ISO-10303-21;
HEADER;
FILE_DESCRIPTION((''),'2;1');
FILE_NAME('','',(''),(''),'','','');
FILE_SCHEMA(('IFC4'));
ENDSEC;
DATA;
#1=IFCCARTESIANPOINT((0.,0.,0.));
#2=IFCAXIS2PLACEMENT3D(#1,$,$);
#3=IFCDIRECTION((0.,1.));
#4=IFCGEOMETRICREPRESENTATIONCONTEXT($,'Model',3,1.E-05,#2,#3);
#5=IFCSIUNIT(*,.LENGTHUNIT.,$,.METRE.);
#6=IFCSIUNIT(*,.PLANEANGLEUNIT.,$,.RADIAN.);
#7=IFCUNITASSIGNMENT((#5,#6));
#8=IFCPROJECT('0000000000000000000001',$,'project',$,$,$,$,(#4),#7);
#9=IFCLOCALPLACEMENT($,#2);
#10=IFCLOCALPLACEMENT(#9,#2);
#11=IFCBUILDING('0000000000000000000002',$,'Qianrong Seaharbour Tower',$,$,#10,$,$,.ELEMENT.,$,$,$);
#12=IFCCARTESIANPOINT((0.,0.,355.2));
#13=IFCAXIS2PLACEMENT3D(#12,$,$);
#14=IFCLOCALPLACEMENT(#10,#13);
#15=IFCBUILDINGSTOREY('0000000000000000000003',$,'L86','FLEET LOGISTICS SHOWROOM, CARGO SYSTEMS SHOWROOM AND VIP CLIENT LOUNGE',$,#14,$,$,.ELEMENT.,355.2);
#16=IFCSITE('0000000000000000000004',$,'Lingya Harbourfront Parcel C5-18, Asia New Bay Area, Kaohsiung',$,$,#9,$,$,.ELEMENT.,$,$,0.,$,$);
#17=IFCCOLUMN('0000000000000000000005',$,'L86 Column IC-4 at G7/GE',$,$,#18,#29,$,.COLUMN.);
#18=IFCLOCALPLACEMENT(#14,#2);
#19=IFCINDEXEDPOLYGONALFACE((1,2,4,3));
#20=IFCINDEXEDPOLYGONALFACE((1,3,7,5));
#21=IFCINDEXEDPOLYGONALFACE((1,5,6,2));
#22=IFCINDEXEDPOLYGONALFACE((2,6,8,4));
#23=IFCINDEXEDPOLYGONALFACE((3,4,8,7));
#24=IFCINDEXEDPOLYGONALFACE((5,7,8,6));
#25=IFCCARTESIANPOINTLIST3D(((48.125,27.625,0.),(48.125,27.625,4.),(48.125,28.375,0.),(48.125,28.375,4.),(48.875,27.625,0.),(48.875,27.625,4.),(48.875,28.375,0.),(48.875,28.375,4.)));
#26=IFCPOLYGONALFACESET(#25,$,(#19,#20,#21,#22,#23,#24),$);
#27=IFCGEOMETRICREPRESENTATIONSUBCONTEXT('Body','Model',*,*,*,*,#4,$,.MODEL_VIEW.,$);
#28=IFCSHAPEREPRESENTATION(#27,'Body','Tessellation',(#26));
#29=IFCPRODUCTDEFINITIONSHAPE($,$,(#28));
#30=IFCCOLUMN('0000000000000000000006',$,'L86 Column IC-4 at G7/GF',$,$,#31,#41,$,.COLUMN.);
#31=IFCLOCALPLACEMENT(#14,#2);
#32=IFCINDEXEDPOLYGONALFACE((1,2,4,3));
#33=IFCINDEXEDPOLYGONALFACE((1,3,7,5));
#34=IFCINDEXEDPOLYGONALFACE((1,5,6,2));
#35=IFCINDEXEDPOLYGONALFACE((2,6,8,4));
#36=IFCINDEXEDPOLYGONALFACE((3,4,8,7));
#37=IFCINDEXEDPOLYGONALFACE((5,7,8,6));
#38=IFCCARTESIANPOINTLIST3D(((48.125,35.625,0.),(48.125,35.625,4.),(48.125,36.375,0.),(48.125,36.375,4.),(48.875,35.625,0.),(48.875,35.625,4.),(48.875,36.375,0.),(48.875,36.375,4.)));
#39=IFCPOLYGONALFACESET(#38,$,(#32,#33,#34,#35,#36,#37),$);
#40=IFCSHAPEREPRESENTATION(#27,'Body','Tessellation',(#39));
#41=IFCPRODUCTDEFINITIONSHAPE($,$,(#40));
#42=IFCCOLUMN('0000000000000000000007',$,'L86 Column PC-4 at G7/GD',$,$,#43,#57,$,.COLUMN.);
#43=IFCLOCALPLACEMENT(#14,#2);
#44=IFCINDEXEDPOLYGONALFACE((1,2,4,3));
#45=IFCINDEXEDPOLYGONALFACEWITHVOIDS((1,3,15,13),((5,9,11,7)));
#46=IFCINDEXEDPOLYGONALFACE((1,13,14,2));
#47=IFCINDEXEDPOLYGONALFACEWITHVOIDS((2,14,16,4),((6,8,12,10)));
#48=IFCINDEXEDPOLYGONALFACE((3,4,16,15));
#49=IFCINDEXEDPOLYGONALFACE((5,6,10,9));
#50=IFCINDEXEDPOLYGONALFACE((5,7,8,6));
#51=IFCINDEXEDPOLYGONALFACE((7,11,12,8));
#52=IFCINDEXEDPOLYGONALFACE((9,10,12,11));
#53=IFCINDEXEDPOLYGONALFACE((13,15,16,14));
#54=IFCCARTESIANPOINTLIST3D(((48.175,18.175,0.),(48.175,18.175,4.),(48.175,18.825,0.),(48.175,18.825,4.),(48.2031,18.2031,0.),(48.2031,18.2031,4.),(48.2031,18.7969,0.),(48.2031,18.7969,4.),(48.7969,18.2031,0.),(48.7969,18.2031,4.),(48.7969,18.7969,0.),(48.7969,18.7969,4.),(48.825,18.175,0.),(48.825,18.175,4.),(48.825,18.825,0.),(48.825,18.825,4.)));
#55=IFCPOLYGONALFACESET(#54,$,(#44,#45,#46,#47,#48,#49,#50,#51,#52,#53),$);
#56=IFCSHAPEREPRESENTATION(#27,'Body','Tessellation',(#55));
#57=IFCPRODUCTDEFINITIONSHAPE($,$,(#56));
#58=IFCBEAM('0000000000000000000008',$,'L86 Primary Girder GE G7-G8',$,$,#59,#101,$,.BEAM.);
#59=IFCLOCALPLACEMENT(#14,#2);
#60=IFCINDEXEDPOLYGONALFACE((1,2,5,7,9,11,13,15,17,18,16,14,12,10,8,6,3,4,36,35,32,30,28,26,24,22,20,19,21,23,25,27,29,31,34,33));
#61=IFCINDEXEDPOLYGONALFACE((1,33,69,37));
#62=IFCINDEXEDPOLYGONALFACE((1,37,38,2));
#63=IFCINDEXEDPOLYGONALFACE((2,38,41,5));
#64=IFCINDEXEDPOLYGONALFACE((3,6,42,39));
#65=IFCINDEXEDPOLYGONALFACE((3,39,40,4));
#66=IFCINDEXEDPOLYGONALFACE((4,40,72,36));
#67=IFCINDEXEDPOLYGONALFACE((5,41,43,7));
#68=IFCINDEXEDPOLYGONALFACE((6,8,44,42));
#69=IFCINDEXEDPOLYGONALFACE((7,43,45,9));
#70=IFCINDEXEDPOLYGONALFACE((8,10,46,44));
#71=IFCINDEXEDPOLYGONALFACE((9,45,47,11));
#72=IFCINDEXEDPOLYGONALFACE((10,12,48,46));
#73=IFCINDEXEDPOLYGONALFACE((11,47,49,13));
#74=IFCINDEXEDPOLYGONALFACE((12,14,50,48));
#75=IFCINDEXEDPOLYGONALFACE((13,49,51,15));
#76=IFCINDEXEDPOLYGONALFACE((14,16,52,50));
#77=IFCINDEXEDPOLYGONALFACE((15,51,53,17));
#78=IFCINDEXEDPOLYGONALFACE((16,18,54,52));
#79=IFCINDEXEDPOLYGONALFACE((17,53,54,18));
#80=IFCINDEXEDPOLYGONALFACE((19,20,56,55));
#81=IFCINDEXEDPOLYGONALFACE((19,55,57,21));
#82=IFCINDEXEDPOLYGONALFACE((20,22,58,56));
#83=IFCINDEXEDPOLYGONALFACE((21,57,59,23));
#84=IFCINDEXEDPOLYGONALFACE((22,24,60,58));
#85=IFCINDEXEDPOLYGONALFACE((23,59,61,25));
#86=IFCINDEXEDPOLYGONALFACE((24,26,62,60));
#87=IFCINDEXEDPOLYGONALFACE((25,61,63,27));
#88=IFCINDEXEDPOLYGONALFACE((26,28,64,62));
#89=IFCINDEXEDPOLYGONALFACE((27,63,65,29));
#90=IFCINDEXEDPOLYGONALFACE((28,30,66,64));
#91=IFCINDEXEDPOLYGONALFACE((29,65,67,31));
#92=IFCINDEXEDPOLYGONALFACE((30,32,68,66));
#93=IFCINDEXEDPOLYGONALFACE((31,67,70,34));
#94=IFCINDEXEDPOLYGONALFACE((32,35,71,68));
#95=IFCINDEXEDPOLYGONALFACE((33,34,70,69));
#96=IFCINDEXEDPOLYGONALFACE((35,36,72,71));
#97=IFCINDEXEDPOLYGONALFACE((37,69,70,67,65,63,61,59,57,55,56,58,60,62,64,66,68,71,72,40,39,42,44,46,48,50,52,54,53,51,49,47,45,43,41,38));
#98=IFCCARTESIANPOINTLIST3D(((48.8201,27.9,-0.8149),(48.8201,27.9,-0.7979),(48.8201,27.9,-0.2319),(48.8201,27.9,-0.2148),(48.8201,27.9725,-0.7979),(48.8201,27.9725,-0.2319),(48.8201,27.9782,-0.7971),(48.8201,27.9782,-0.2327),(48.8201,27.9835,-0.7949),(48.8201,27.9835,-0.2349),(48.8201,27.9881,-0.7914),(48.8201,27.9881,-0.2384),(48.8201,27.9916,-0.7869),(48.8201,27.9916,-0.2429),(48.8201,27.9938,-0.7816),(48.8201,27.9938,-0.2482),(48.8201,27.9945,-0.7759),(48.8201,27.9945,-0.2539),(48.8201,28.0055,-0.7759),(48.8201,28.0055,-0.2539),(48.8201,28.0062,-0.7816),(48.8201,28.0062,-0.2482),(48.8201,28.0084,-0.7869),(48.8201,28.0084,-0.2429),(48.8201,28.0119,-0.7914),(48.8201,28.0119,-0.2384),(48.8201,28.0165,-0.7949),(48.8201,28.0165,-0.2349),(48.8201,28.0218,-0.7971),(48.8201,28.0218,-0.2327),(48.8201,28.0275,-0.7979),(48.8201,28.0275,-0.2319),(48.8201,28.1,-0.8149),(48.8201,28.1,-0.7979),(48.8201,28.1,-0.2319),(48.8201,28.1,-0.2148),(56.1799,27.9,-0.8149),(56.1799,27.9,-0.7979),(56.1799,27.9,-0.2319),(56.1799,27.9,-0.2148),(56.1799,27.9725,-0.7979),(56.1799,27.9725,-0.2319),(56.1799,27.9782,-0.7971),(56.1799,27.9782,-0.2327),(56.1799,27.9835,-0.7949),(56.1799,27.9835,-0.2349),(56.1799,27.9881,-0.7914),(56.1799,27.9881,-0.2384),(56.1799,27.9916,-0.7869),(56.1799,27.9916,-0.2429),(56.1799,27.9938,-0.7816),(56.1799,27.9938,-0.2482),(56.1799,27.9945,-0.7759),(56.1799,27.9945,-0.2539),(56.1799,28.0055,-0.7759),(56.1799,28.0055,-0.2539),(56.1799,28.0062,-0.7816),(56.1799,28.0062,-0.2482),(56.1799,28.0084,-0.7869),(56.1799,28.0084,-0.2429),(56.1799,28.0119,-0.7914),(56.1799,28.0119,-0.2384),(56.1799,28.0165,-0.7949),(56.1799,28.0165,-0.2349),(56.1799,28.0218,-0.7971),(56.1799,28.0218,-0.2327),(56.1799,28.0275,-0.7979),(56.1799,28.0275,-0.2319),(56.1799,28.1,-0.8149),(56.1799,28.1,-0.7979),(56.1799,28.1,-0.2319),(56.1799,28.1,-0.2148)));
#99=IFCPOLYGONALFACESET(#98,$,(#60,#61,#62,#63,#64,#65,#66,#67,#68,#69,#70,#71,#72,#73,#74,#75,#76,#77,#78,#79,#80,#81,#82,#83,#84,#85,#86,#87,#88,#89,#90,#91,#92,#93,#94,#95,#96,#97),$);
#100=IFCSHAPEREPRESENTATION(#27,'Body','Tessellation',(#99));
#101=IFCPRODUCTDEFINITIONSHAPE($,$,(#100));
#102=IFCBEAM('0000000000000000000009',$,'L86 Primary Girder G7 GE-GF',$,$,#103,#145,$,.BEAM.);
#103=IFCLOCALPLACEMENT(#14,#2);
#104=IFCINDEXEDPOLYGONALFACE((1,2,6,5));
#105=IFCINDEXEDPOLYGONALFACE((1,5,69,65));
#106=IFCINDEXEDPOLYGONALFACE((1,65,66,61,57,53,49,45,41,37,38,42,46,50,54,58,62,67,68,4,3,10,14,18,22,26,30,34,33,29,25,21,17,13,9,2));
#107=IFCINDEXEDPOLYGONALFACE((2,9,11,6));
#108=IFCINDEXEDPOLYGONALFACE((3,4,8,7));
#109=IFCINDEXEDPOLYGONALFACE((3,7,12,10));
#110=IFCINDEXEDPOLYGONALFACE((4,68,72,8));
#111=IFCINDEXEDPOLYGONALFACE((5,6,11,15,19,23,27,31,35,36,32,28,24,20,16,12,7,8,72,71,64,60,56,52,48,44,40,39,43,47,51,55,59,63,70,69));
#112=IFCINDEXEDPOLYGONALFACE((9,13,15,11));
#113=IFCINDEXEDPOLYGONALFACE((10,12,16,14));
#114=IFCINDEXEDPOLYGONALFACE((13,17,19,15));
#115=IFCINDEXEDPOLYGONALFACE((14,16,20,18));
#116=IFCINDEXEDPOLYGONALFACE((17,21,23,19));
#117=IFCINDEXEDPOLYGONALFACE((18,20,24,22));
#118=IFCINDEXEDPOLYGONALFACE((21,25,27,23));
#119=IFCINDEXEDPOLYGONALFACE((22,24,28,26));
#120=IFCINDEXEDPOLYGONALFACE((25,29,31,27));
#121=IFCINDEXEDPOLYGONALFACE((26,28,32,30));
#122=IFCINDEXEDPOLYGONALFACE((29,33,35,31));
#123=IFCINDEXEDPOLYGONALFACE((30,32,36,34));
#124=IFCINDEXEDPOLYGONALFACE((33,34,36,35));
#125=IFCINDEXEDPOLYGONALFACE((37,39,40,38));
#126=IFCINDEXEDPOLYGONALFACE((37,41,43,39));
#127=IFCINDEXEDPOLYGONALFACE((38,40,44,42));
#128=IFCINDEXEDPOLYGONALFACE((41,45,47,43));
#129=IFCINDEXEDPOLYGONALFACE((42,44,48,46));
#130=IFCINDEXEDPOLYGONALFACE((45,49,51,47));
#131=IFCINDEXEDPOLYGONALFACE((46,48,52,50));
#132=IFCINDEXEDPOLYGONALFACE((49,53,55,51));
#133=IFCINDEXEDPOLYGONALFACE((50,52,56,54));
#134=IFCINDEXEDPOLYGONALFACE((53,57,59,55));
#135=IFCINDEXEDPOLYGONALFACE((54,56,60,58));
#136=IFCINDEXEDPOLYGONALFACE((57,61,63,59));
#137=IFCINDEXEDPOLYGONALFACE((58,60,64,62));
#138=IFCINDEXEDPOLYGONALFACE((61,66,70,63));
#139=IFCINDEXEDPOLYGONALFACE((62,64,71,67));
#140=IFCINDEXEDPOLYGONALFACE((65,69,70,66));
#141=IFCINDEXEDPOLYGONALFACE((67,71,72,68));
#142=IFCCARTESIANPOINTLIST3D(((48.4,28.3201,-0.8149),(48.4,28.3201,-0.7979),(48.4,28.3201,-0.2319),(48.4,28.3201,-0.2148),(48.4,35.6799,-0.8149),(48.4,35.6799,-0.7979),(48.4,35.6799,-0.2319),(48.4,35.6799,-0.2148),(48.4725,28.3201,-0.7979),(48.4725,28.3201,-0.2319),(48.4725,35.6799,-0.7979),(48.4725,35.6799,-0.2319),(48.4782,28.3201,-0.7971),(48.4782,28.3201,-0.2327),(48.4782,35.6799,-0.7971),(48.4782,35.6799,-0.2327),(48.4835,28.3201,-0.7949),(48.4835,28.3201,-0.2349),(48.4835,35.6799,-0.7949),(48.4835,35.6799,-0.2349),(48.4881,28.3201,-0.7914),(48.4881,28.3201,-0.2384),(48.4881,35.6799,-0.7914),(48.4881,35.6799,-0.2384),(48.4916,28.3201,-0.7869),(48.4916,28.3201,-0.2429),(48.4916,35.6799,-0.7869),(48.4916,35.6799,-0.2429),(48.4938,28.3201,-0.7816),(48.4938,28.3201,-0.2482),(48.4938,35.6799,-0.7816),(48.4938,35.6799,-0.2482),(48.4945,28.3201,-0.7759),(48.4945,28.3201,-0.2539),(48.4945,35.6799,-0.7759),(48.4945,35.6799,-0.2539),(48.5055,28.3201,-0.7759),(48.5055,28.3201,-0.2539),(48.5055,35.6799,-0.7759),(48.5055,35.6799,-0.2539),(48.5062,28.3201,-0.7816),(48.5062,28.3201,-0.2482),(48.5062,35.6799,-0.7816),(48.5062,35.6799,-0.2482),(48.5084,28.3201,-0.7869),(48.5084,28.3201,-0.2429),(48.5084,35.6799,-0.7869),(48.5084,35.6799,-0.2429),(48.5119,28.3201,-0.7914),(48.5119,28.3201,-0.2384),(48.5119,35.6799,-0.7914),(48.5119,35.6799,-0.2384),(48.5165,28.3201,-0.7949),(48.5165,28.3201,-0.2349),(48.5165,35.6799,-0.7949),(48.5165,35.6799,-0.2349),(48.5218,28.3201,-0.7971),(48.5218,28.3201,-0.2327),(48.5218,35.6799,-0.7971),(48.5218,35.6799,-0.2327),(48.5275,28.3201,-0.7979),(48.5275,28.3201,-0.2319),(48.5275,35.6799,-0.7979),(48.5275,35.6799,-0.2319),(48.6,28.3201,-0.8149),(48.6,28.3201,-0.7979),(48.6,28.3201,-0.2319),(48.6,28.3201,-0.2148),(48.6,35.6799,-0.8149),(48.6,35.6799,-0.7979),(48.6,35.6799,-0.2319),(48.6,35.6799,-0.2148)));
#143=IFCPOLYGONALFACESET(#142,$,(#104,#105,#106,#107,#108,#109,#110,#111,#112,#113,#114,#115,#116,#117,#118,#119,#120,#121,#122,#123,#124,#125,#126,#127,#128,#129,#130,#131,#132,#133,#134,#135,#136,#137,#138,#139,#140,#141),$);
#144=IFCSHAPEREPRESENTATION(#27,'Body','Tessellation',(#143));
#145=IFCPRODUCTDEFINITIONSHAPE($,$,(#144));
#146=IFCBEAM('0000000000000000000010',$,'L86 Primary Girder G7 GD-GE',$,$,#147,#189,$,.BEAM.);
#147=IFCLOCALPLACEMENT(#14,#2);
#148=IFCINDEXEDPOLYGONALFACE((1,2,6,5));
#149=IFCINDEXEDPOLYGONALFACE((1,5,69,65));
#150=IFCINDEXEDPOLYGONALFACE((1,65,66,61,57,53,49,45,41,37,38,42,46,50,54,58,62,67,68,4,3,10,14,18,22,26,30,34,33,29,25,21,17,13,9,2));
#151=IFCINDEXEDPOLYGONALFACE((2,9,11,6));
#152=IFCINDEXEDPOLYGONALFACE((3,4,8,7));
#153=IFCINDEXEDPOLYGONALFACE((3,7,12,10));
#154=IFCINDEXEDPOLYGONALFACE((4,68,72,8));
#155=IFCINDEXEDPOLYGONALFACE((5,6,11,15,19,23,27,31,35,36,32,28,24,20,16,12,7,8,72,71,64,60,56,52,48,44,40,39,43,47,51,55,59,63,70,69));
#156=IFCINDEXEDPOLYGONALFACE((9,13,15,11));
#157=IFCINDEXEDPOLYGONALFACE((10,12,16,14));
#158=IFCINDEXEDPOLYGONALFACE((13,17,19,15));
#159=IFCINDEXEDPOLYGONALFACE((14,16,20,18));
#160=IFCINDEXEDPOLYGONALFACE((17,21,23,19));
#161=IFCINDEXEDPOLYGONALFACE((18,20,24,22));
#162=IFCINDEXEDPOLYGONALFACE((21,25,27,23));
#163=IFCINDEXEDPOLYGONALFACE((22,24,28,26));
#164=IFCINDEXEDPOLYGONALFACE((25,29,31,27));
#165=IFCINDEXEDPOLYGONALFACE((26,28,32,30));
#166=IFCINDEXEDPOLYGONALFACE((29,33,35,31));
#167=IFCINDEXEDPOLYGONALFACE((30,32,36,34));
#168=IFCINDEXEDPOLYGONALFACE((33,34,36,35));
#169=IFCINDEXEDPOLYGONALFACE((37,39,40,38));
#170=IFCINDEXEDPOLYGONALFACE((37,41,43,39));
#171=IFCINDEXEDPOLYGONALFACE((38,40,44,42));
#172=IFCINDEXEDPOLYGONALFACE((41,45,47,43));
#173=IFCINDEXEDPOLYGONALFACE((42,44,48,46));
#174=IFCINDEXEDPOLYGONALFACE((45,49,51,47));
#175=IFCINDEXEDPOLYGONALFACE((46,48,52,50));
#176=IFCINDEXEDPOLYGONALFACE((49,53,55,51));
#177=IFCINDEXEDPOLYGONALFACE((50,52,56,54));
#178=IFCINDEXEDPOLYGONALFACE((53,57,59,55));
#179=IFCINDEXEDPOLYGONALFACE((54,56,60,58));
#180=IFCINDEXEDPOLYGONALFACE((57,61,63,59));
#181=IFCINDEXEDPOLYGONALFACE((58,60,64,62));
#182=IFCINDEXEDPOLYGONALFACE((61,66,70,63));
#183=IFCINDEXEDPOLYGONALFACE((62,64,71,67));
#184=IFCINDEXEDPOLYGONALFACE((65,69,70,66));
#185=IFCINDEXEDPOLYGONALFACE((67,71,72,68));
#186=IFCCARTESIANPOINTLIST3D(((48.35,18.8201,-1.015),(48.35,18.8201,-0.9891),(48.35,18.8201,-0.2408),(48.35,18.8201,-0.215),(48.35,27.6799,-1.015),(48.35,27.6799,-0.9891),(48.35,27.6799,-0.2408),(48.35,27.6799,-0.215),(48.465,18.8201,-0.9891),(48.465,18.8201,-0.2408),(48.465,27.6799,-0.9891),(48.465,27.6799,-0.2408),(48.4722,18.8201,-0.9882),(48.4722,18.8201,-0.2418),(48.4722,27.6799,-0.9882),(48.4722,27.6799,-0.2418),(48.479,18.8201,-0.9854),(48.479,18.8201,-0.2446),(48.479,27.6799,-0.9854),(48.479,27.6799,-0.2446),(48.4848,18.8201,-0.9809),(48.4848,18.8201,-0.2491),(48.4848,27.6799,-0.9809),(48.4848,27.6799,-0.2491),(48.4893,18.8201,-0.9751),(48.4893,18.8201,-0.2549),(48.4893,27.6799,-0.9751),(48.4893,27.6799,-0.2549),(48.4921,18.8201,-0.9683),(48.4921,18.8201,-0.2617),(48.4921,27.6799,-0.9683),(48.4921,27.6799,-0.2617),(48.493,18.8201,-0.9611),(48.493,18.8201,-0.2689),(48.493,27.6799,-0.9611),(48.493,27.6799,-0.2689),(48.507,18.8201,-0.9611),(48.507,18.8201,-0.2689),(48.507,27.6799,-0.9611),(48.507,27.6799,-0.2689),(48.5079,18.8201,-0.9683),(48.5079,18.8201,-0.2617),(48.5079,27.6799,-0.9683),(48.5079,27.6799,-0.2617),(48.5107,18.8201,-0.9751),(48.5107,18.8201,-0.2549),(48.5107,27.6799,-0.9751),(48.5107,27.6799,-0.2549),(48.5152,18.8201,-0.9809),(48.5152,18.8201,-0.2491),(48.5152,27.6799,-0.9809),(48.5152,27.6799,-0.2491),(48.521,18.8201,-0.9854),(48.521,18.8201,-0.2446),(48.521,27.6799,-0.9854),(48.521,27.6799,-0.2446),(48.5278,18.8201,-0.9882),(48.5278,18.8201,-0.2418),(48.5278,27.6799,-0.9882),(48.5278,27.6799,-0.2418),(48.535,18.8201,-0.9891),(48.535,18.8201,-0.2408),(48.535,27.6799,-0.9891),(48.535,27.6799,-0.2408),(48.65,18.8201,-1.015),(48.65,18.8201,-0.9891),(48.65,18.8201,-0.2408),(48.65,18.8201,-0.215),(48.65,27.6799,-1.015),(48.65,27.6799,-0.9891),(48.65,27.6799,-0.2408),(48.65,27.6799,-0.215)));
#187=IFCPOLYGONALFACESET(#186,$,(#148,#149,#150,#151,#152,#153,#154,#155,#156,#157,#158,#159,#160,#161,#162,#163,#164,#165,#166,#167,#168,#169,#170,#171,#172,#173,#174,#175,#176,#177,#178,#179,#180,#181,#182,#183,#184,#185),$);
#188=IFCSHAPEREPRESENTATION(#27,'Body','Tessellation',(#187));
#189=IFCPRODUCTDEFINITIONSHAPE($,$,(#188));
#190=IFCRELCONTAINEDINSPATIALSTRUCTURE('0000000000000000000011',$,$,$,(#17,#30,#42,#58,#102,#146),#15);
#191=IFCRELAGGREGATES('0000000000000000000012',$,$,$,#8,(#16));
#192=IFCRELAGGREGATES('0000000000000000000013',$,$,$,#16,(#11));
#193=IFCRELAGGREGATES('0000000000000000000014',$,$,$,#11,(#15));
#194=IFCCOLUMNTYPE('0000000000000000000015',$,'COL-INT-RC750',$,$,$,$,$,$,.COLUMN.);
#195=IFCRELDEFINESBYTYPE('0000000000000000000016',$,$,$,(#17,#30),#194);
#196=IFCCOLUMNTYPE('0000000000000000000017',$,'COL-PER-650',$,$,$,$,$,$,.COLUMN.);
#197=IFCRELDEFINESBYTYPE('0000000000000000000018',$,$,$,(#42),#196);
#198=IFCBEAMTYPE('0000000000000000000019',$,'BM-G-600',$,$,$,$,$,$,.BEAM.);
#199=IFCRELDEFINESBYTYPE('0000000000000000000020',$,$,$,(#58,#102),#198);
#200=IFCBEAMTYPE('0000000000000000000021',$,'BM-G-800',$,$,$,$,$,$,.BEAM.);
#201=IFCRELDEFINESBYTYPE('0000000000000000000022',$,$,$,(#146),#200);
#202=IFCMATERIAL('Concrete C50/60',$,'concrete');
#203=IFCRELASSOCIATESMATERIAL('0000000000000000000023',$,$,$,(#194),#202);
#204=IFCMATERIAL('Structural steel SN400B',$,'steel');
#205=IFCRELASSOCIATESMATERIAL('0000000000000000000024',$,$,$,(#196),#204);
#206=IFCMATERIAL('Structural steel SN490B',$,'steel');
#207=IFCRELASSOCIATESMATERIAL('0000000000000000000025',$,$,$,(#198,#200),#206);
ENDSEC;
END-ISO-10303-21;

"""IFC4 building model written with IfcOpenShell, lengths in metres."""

from ifc_helpers import new_model, si_unit, direction, frame, origin, origin_2d, place, context, subcontext, project, spatial, rectangle, hollow_rectangle, i_section, extrude, material, material_profile, profile_set, type_object, element, save


model = new_model("IFC4")

# Units and contexts
model_context = context("Model", 3, precision=1e-05, world=origin(), true_north=direction((0.0, 1.0)))
body_context = subcontext(model_context, "Body", "Model", "MODEL_VIEW")
ifc_project = project(units=[si_unit("LENGTHUNIT", "METRE"), si_unit("PLANEANGLEUNIT", "RADIAN")], contexts=[model_context])

# Site, building, storey
site_placement = place(None, origin())
site = spatial("IfcSite", under=ifc_project, at=site_placement, Name="Lingya Harbourfront Parcel C5-18, Asia New Bay Area, Kaohsiung", CompositionType="ELEMENT", RefElevation=0.0)
building_placement = place(site_placement, origin())
building = spatial("IfcBuilding", under=site, at=building_placement, Name="Qianrong Seaharbour Tower", CompositionType="ELEMENT")
storey_placement = place(building_placement, frame((0.0, 0.0, 355.2)))
storey = spatial("IfcBuildingStorey", under=building, at=storey_placement, Name="L86", Description="FLEET LOGISTICS SHOWROOM, CARGO SYSTEMS SHOWROOM AND VIP CLIENT LOUNGE", CompositionType="ELEMENT", Elevation=355.2)

# Columns
ifc_material_1 = material(Name="Concrete C50/60", Category="concrete")
ifc_material_profile_1 = material_profile(ifc_material_1, rectangle(XDim=0.75, YDim=0.75, at=origin_2d()), Name="RC750x750")
ifc_profile_set_1 = profile_set([ifc_material_profile_1], Name="Concrete C50/60")
column_type_1 = type_object("IfcColumnType", Name="COL-INT-RC750", PredefinedType="COLUMN", material=ifc_profile_set_1)
for number, where, z_axis, x_axis, name in (
    (1, (48.5, 28.0, 0.0), (0.0, 0.0, 1.0), (1.0, 0.0, 0.0), "L86 Column IC-4 at G7/GE"),
    (2, (48.5, 36.0, 0.0), (0.0, 0.0, 1.0), (1.0, 0.0, 0.0), "L86 Column IC-4 at G7/GF"),
):
    element("IfcColumn", number, at=place(storey_placement, frame(where, z_axis=z_axis, x_axis=x_axis)), inside=storey, type_object=column_type_1, Name=name, PredefinedType="COLUMN", context=body_context, shape_type="SweptSolid", body=[
        extrude(rectangle(XDim=0.75, YDim=0.75, at=origin_2d()), origin(), (0.0, 0.0, 1.0), 4.0),
    ])
ifc_material_2 = material(Name="Structural steel SN400B", Category="steel")
ifc_material_profile_2 = material_profile(ifc_material_2, hollow_rectangle(XDim=0.6499, YDim=0.6499, WallThickness=0.0281, at=origin_2d()), Name="BOX650x650x28")
ifc_profile_set_2 = profile_set([ifc_material_profile_2], Name="Structural steel SN400B")
column_type_2 = type_object("IfcColumnType", Name="COL-PER-650", PredefinedType="COLUMN", material=ifc_profile_set_2)
column_placement = place(storey_placement, frame((48.5, 18.5, 0.0), z_axis=(0.0, 0.0, 1.0), x_axis=(1.0, 0.0, 0.0)))
element("IfcColumn", 3, at=column_placement, inside=storey, type_object=column_type_2, Name="L86 Column PC-4 at G7/GD", PredefinedType="COLUMN", context=body_context, shape_type="SweptSolid", body=[
    extrude(hollow_rectangle(XDim=0.6499, YDim=0.6499, WallThickness=0.0281, at=origin_2d()), origin(), (0.0, 0.0, 1.0), 4.0),
])

# Beams
ifc_material_3 = material(Name="Structural steel SN490B", Category="steel")
ifc_material_profile_3 = material_profile(ifc_material_3, i_section(OverallWidth=0.2, OverallDepth=0.6001, WebThickness=0.011, FlangeThickness=0.0171, FilletRadius=0.022, at=origin_2d()), Name="H600x200x11x17")
ifc_profile_set_3 = profile_set([ifc_material_profile_3], Name="Structural steel SN490B")
beam_type_1 = type_object("IfcBeamType", Name="BM-G-600", PredefinedType="BEAM", material=ifc_profile_set_3)
for number, where, z_axis, x_axis, name in (
    (4, (48.8201, 28.0, -0.5149), (1.0, 0.0, 0.0), (0.0, 1.0, 0.0), "L86 Primary Girder GE G7-G8"),
    (5, (48.5, 28.3201, -0.5149), (0.0, 1.0, 0.0), (-1.0, 0.0, 0.0), "L86 Primary Girder G7 GE-GF"),
):
    element("IfcBeam", number, at=place(storey_placement, frame(where, z_axis=z_axis, x_axis=x_axis)), inside=storey, type_object=beam_type_1, Name=name, PredefinedType="BEAM", context=body_context, shape_type="SweptSolid", body=[
        extrude(i_section(OverallWidth=0.2, OverallDepth=0.6001, WebThickness=0.011, FlangeThickness=0.0171, FilletRadius=0.022, at=origin_2d()), origin(), (0.0, 0.0, 1.0), 7.3599),
    ])
ifc_material_profile_4 = material_profile(ifc_material_3, i_section(OverallWidth=0.3, OverallDepth=0.8, WebThickness=0.0139, FlangeThickness=0.0259, FilletRadius=0.0281, at=origin_2d()), Name="H800x300x14x26")
ifc_profile_set_4 = profile_set([ifc_material_profile_4], Name="Structural steel SN490B")
beam_type_2 = type_object("IfcBeamType", Name="BM-G-800", PredefinedType="BEAM", material=ifc_profile_set_4)
beam_1_placement = place(storey_placement, frame((48.5, 18.8201, -0.615), z_axis=(0.0, 1.0, 0.0), x_axis=(-1.0, 0.0, 0.0)))
element("IfcBeam", 6, at=beam_1_placement, inside=storey, type_object=beam_type_2, Name="L86 Primary Girder G7 GD-GE", PredefinedType="BEAM", context=body_context, shape_type="SweptSolid", body=[
    extrude(i_section(OverallWidth=0.3, OverallDepth=0.8, WebThickness=0.0139, FlangeThickness=0.0259, FilletRadius=0.0281, at=origin_2d()), origin(), (0.0, 0.0, 1.0), 8.8599),
])

save(model, "model.ifc")
